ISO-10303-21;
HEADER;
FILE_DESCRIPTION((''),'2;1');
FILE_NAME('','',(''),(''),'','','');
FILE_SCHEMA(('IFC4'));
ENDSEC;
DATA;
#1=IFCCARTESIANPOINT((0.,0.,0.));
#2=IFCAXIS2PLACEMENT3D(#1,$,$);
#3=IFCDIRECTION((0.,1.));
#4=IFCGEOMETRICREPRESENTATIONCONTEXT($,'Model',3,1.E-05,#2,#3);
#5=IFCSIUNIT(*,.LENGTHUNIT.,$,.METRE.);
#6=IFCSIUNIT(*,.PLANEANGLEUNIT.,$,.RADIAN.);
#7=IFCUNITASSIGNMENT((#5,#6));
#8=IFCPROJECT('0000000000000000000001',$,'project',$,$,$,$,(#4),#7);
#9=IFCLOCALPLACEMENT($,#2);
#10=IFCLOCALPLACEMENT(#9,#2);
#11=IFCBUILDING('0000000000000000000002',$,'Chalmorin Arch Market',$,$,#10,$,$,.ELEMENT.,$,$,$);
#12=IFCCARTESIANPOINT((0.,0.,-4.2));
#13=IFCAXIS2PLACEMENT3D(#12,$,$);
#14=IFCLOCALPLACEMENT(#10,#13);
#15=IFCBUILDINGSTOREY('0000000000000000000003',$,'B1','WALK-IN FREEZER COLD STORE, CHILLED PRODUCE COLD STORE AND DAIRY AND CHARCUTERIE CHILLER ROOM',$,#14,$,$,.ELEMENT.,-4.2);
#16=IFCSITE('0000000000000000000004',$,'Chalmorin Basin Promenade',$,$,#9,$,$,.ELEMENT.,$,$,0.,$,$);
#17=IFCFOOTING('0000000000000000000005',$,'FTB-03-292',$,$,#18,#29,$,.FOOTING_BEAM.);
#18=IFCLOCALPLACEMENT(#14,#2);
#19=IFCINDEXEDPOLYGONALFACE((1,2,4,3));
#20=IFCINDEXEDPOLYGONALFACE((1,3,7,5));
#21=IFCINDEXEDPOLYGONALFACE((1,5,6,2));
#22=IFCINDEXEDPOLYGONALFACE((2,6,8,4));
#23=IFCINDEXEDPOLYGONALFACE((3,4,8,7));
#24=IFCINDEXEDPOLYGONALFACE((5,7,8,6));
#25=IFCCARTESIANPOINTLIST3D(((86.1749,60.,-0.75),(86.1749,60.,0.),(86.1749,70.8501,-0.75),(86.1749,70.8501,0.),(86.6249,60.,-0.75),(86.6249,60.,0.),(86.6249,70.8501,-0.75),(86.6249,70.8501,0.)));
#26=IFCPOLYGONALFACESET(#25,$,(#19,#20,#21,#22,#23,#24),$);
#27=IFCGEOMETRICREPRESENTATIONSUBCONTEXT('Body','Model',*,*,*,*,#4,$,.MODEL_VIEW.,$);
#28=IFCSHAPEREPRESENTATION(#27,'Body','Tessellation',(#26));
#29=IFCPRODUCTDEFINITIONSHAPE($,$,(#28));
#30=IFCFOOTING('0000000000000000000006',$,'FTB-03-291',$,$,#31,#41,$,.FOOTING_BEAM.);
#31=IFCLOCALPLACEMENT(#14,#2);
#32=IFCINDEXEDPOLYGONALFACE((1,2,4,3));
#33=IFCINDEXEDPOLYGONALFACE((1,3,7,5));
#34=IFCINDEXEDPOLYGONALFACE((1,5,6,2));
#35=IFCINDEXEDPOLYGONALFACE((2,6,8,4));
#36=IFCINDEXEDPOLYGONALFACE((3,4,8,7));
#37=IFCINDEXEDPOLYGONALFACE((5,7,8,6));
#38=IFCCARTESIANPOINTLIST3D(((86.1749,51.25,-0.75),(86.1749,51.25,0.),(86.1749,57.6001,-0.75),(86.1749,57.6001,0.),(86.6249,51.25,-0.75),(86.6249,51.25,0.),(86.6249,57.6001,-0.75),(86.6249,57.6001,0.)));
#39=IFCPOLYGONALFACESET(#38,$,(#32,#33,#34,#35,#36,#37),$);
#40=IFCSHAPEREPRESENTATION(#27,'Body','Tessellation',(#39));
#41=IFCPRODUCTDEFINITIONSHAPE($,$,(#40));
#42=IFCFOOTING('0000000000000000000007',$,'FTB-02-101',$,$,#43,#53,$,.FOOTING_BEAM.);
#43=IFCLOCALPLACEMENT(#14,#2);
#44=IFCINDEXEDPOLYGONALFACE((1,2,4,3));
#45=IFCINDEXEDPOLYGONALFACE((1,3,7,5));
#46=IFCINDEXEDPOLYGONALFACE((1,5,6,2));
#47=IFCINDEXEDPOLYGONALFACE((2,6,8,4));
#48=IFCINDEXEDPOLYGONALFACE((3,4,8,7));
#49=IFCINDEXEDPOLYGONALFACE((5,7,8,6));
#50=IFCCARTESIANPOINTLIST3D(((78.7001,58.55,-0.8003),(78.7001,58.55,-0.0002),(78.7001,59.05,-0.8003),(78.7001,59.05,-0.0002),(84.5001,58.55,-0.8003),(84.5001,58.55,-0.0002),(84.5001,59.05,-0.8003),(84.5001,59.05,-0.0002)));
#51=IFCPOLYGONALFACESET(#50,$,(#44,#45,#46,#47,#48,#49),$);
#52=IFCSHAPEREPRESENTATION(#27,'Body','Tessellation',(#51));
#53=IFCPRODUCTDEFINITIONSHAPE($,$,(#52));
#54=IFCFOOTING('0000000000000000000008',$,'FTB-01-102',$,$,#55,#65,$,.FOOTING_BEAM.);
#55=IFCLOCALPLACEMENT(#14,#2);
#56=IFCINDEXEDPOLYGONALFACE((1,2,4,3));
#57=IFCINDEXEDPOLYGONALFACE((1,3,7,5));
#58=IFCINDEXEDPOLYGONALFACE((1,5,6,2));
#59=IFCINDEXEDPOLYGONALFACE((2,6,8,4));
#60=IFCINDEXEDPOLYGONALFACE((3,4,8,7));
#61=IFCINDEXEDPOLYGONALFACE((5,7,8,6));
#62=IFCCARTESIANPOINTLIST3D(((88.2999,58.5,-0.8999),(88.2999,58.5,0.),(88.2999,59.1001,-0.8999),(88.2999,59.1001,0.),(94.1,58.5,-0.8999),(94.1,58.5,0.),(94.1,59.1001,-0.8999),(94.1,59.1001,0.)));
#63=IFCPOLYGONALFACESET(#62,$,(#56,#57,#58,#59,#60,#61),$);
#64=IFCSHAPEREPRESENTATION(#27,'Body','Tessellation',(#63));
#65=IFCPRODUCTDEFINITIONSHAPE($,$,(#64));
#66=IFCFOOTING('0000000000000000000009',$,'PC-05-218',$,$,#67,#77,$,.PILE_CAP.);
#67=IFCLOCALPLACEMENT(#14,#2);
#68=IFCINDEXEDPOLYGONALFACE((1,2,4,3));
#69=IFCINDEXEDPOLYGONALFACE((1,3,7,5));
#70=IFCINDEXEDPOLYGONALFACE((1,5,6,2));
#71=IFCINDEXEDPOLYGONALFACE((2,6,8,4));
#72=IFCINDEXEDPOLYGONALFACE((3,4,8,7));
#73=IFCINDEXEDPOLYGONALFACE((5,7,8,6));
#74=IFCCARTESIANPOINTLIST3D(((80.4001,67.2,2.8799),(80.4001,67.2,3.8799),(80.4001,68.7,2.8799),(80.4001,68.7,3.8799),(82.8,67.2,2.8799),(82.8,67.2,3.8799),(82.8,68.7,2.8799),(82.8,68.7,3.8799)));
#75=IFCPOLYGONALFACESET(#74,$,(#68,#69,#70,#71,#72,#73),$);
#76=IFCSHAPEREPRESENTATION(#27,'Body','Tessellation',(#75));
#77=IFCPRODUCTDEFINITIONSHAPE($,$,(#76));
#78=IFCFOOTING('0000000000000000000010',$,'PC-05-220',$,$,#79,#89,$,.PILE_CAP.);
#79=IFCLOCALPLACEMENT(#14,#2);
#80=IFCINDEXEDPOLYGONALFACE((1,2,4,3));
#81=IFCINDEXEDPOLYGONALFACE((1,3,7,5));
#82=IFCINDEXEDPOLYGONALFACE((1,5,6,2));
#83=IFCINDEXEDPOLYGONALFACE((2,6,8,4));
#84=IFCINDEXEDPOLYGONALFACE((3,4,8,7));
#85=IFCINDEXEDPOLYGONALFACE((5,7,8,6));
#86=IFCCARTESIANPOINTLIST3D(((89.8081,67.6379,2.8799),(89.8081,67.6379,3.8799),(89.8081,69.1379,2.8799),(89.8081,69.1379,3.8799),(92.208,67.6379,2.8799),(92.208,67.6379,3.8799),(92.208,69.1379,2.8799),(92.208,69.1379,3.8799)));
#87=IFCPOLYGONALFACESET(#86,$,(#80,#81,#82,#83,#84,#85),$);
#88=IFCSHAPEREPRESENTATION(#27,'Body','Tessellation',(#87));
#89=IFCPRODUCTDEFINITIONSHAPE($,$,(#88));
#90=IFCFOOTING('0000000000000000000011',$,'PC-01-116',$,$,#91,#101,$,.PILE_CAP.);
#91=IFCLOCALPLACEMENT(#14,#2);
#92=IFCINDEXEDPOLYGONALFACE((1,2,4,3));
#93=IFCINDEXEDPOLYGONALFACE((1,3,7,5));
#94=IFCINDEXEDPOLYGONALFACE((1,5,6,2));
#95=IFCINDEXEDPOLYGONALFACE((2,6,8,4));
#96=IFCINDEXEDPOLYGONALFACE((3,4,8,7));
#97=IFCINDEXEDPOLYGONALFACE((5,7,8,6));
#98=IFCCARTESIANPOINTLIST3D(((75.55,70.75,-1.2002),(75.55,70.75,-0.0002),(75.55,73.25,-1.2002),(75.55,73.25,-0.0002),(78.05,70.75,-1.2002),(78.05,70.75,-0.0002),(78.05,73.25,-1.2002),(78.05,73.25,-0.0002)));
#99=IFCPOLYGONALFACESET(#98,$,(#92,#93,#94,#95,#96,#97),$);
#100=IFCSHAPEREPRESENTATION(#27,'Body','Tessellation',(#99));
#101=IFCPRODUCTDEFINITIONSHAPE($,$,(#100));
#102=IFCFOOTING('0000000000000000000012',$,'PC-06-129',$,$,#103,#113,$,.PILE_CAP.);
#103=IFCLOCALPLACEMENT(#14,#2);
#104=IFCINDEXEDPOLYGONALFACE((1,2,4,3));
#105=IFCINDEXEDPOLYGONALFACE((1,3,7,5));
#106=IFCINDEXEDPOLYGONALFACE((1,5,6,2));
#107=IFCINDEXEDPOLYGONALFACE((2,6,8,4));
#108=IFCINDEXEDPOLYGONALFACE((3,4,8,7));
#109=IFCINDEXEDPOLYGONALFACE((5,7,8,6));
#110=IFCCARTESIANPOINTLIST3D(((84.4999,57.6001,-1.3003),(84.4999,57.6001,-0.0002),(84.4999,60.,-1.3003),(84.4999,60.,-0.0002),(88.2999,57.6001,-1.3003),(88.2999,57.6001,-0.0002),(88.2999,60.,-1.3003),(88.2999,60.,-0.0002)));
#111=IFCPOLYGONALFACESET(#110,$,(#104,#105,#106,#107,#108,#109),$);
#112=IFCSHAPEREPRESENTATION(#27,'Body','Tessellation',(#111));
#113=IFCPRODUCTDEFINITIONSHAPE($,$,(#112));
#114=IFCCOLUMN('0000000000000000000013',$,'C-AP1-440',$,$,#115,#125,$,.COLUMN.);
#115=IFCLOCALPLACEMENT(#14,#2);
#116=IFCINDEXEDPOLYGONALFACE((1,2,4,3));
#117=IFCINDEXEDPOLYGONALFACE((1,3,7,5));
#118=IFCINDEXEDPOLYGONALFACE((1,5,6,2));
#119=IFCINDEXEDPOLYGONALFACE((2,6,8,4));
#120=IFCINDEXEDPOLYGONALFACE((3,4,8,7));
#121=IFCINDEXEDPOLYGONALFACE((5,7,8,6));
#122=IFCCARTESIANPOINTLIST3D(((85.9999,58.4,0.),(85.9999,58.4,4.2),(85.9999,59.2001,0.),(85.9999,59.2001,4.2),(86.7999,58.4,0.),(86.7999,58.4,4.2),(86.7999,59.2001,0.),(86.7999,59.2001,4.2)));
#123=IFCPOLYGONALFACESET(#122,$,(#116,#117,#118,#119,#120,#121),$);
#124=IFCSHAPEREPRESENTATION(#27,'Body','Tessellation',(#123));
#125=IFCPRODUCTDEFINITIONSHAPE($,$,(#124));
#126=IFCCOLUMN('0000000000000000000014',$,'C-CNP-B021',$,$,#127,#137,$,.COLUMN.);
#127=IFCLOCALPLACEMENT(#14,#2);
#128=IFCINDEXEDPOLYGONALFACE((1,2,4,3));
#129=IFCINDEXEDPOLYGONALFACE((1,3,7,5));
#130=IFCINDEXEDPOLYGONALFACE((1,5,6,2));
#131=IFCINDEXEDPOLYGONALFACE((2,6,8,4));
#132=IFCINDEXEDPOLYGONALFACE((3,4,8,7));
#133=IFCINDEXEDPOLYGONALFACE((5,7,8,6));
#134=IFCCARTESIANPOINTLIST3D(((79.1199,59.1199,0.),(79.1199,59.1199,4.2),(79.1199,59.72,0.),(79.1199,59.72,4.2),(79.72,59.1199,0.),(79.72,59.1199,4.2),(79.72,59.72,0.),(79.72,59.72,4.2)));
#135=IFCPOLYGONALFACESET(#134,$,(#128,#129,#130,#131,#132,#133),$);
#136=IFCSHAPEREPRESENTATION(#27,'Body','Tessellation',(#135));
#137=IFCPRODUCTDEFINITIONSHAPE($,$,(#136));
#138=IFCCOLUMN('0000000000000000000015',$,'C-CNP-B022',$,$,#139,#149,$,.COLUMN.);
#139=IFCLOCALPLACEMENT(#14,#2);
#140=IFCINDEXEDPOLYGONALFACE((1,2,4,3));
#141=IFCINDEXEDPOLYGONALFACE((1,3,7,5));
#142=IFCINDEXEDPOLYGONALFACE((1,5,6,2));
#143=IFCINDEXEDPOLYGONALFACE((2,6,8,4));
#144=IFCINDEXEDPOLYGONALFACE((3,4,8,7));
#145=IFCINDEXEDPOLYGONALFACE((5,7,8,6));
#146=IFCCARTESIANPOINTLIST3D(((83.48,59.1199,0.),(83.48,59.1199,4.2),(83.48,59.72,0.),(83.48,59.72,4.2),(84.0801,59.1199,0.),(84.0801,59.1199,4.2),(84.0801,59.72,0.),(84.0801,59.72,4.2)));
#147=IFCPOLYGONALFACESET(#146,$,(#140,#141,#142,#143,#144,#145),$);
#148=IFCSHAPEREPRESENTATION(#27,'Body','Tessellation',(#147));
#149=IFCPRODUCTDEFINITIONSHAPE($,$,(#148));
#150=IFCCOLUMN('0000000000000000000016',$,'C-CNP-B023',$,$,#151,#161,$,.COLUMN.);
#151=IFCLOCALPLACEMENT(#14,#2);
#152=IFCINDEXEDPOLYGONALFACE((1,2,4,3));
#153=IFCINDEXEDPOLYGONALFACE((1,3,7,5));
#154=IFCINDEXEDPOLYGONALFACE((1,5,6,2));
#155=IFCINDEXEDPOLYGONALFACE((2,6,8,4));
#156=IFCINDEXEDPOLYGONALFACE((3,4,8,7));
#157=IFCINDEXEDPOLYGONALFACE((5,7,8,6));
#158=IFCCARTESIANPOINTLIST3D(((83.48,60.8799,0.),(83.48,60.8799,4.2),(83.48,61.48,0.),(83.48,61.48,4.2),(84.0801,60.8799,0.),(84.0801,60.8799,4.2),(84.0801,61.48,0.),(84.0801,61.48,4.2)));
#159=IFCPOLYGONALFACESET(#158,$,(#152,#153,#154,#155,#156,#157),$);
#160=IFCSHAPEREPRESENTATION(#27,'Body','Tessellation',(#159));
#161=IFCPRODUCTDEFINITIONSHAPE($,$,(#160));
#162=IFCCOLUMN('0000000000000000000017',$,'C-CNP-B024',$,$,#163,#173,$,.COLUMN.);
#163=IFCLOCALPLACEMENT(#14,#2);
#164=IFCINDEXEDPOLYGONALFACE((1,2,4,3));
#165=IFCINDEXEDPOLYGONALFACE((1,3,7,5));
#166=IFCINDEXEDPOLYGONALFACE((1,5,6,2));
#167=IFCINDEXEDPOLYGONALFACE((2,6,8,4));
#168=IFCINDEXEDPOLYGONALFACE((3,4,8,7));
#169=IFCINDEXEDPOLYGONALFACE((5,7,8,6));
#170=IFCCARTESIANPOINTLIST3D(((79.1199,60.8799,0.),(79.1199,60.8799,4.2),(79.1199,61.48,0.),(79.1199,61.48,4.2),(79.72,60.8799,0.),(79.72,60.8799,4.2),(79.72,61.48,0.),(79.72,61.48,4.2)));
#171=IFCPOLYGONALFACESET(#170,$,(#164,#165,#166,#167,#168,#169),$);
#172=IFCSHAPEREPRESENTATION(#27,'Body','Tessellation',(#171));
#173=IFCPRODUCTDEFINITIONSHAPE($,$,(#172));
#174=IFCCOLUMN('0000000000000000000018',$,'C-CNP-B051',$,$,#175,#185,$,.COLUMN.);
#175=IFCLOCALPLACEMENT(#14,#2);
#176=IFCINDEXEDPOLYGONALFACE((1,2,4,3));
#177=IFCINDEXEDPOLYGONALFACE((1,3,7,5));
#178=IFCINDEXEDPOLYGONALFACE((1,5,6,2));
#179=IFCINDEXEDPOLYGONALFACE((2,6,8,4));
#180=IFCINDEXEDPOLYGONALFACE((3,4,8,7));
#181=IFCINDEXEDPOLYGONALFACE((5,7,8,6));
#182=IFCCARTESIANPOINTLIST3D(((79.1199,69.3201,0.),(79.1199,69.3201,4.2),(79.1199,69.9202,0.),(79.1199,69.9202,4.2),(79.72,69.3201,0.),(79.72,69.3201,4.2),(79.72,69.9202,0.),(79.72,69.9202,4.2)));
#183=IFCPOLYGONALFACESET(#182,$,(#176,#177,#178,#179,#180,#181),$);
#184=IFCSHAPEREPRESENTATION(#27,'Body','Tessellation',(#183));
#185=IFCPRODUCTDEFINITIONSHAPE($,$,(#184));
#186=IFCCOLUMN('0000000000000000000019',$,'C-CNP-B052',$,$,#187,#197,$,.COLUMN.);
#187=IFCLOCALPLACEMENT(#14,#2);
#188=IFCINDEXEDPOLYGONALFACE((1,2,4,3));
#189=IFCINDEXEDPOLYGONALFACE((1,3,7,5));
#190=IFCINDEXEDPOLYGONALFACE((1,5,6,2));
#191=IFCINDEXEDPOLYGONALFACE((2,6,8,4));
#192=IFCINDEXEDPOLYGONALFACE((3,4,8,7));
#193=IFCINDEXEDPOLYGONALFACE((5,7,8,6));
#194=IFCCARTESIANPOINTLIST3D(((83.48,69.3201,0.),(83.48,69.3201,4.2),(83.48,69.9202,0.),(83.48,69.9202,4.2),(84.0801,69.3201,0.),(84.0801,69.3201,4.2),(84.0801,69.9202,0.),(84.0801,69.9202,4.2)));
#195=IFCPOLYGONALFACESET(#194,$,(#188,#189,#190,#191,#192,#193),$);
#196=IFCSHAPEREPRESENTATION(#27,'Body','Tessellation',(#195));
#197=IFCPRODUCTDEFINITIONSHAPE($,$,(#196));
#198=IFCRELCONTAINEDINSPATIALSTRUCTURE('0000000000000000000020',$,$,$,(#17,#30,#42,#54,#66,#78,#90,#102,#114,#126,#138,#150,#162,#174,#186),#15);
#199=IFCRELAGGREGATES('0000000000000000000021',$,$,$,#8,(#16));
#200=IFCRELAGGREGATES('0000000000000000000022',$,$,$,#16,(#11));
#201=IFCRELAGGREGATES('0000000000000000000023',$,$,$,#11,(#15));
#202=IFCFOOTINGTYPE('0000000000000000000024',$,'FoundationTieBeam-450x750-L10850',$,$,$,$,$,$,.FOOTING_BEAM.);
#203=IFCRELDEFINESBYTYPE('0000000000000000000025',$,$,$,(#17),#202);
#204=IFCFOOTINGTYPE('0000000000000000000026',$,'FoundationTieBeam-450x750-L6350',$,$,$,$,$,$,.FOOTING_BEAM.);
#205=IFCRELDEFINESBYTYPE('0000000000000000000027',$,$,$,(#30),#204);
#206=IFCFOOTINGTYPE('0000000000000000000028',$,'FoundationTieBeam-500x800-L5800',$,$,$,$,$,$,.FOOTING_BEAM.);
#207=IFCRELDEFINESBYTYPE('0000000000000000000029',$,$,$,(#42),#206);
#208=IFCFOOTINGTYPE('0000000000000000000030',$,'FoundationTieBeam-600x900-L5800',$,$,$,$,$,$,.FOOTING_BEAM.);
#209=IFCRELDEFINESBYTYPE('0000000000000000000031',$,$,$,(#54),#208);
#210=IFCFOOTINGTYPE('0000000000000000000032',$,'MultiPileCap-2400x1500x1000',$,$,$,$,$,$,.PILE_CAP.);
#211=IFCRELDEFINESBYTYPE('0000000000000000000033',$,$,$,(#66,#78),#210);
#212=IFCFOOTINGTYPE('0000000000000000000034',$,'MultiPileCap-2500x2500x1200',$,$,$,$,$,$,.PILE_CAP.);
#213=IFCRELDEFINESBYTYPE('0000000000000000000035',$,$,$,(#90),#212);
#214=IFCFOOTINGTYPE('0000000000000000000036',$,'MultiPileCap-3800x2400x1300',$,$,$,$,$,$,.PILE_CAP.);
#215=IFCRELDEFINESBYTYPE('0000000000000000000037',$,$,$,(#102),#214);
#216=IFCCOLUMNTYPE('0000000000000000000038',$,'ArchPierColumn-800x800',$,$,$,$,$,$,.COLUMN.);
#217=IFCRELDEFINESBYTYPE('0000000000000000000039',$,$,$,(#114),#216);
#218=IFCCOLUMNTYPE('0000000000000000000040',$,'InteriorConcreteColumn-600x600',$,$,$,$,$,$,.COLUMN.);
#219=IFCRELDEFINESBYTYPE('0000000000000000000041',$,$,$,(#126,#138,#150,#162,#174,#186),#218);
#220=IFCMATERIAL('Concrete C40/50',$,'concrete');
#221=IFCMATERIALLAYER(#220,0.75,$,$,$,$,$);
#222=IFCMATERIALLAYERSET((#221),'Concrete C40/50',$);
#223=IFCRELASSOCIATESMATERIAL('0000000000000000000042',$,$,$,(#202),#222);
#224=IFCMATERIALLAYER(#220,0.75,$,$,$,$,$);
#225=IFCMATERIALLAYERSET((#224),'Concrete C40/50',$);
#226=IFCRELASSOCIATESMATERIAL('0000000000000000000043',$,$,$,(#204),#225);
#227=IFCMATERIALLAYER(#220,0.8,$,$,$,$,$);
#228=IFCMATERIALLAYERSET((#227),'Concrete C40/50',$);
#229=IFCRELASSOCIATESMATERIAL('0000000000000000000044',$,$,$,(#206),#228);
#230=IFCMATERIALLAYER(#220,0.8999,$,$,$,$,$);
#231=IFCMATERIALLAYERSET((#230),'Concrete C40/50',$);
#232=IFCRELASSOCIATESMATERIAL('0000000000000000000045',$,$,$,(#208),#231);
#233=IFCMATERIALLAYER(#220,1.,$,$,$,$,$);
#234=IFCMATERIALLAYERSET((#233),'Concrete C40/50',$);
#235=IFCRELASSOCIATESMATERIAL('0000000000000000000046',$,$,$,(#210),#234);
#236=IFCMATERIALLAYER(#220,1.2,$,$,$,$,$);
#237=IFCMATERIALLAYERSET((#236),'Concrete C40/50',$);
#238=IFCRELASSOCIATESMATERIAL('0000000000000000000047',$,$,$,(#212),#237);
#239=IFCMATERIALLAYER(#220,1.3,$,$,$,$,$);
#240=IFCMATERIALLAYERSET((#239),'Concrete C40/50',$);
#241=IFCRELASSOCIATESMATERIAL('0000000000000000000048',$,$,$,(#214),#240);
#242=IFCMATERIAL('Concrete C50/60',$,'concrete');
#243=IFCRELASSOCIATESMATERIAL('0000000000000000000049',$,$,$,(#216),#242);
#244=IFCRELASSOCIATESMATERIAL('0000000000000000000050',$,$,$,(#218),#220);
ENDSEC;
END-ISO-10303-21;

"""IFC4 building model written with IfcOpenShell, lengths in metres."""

from ifc_helpers import new_model, si_unit, direction, frame, origin, origin_2d, place, context, subcontext, project, spatial, rectangle, extrude, material, layer, layer_set, material_profile, profile_set, type_object, element, save


model = new_model("IFC4")

# Units and contexts
model_context = context("Model", 3, precision=1e-05, world=origin(), true_north=direction((0.0, 1.0)))
body_context = subcontext(model_context, "Body", "Model", "MODEL_VIEW")
ifc_project = project(units=[si_unit("LENGTHUNIT", "METRE"), si_unit("PLANEANGLEUNIT", "RADIAN")], contexts=[model_context])

# Site, building, storey
site_placement = place(None, origin())
site = spatial("IfcSite", under=ifc_project, at=site_placement, Name="Chalmorin Basin Promenade", CompositionType="ELEMENT", RefElevation=0.0)
building_placement = place(site_placement, origin())
building = spatial("IfcBuilding", under=site, at=building_placement, Name="Chalmorin Arch Market", CompositionType="ELEMENT")
storey_placement = place(building_placement, frame((0.0, 0.0, -4.2)))
storey = spatial("IfcBuildingStorey", under=building, at=storey_placement, Name="B1", Description="WALK-IN FREEZER COLD STORE, CHILLED PRODUCE COLD STORE AND DAIRY AND CHARCUTERIE CHILLER ROOM", CompositionType="ELEMENT", Elevation=-4.2)

# Footings
ifc_material_1 = material(Name="Concrete C40/50", Category="concrete")
ifc_layer_1 = layer(ifc_material_1, 0.75)
ifc_layer_set_1 = layer_set([ifc_layer_1], Name="Concrete C40/50")
footing_type_1 = type_object("IfcFootingType", Name="FoundationTieBeam-450x750-L10850", PredefinedType="FOOTING_BEAM", material=ifc_layer_set_1)
footing_1_placement = place(storey_placement, frame((86.3999, 65.425, -0.75), z_axis=(0.0, 0.0, 1.0), x_axis=(0.0, 1.0, 0.0)))
element("IfcFooting", 1, at=footing_1_placement, inside=storey, type_object=footing_type_1, Name="FTB-03-292", PredefinedType="FOOTING_BEAM", context=body_context, shape_type="SweptSolid", body=[
    extrude(rectangle(XDim=10.8501, YDim=0.45, at=origin_2d()), origin(), (0.0, 0.0, 1.0), 0.75),
])
ifc_layer_2 = layer(ifc_material_1, 0.75)
ifc_layer_set_2 = layer_set([ifc_layer_2], Name="Concrete C40/50")
footing_type_2 = type_object("IfcFootingType", Name="FoundationTieBeam-450x750-L6350", PredefinedType="FOOTING_BEAM", material=ifc_layer_set_2)
footing_2_placement = place(storey_placement, frame((86.3999, 54.425, -0.75), z_axis=(0.0, 0.0, 1.0), x_axis=(0.0, 1.0, 0.0)))
element("IfcFooting", 2, at=footing_2_placement, inside=storey, type_object=footing_type_2, Name="FTB-03-291", PredefinedType="FOOTING_BEAM", context=body_context, shape_type="SweptSolid", body=[
    extrude(rectangle(XDim=6.3501, YDim=0.45, at=origin_2d()), origin(), (0.0, 0.0, 1.0), 0.75),
])
ifc_layer_3 = layer(ifc_material_1, 0.8)
ifc_layer_set_3 = layer_set([ifc_layer_3], Name="Concrete C40/50")
footing_type_3 = type_object("IfcFootingType", Name="FoundationTieBeam-500x800-L5800", PredefinedType="FOOTING_BEAM", material=ifc_layer_set_3)
footing_3_placement = place(storey_placement, frame((81.6001, 58.8, -0.8003), z_axis=(0.0, 0.0, 1.0), x_axis=(1.0, 0.0, 0.0)))
element("IfcFooting", 3, at=footing_3_placement, inside=storey, type_object=footing_type_3, Name="FTB-02-101", PredefinedType="FOOTING_BEAM", context=body_context, shape_type="SweptSolid", body=[
    extrude(rectangle(XDim=5.8, YDim=0.5, at=origin_2d()), origin(), (0.0, 0.0, 1.0), 0.8),
])
ifc_layer_4 = layer(ifc_material_1, 0.8999)
ifc_layer_set_4 = layer_set([ifc_layer_4], Name="Concrete C40/50")
footing_type_4 = type_object("IfcFootingType", Name="FoundationTieBeam-600x900-L5800", PredefinedType="FOOTING_BEAM", material=ifc_layer_set_4)
footing_4_placement = place(storey_placement, frame((91.2, 58.8, -0.8999), z_axis=(0.0, 0.0, 1.0), x_axis=(1.0, 0.0, 0.0)))
element("IfcFooting", 4, at=footing_4_placement, inside=storey, type_object=footing_type_4, Name="FTB-01-102", PredefinedType="FOOTING_BEAM", context=body_context, shape_type="SweptSolid", body=[
    extrude(rectangle(XDim=5.8, YDim=0.6001, at=origin_2d()), origin(), (0.0, 0.0, 1.0), 0.8999),
])
ifc_layer_5 = layer(ifc_material_1, 1.0)
ifc_layer_set_5 = layer_set([ifc_layer_5], Name="Concrete C40/50")
footing_type_5 = type_object("IfcFootingType", Name="MultiPileCap-2400x1500x1000", PredefinedType="PILE_CAP", material=ifc_layer_set_5)
for number, where, z_axis, x_axis, name in (
    (5, (81.6001, 67.95, 2.8799), (0.0, 0.0, 1.0), (1.0, 0.0, 0.0), "PC-05-218"),
    (6, (91.0081, 68.3879, 2.8799), (0.0, 0.0, 1.0), (1.0, 0.0, 0.0), "PC-05-220"),
):
    element("IfcFooting", number, at=place(storey_placement, frame(where, z_axis=z_axis, x_axis=x_axis)), inside=storey, type_object=footing_type_5, Name=name, PredefinedType="PILE_CAP", context=body_context, shape_type="SweptSolid", body=[
        extrude(rectangle(XDim=2.3999, YDim=1.5, at=origin_2d()), origin(), (0.0, 0.0, 1.0), 1.0),
    ])
ifc_layer_6 = layer(ifc_material_1, 1.2)
ifc_layer_set_6 = layer_set([ifc_layer_6], Name="Concrete C40/50")
footing_type_6 = type_object("IfcFootingType", Name="MultiPileCap-2500x2500x1200", PredefinedType="PILE_CAP", material=ifc_layer_set_6)
footing_5_placement = place(storey_placement, frame((76.8, 72.0, -1.2002), z_axis=(0.0, 0.0, 1.0), x_axis=(1.0, 0.0, 0.0)))
element("IfcFooting", 7, at=footing_5_placement, inside=storey, type_object=footing_type_6, Name="PC-01-116", PredefinedType="PILE_CAP", context=body_context, shape_type="SweptSolid", body=[
    extrude(rectangle(XDim=2.5, YDim=2.5, at=origin_2d()), origin(), (0.0, 0.0, 1.0), 1.2),
])
ifc_layer_7 = layer(ifc_material_1, 1.3)
ifc_layer_set_7 = layer_set([ifc_layer_7], Name="Concrete C40/50")
footing_type_7 = type_object("IfcFootingType", Name="MultiPileCap-3800x2400x1300", PredefinedType="PILE_CAP", material=ifc_layer_set_7)
footing_6_placement = place(storey_placement, frame((86.3999, 58.8, -1.3003), z_axis=(0.0, 0.0, 1.0), x_axis=(1.0, 0.0, 0.0)))
element("IfcFooting", 8, at=footing_6_placement, inside=storey, type_object=footing_type_7, Name="PC-06-129", PredefinedType="PILE_CAP", context=body_context, shape_type="SweptSolid", body=[
    extrude(rectangle(XDim=3.8, YDim=2.3999, at=origin_2d()), origin(), (0.0, 0.0, 1.0), 1.3),
])

# Columns
ifc_material_2 = material(Name="Concrete C50/60", Category="concrete")
ifc_material_profile_1 = material_profile(ifc_material_2, rectangle(XDim=0.8, YDim=0.8, at=origin_2d()), Name="RC800X800")
ifc_profile_set_1 = profile_set([ifc_material_profile_1], Name="Concrete C50/60")
column_type_1 = type_object("IfcColumnType", Name="ArchPierColumn-800x800", PredefinedType="COLUMN", material=ifc_profile_set_1)
column_placement = place(storey_placement, frame((86.3999, 58.8, 0.0), z_axis=(0.0, 0.0, 1.0), x_axis=(1.0, 0.0, 0.0)))
element("IfcColumn", 9, at=column_placement, inside=storey, type_object=column_type_1, Name="C-AP1-440", PredefinedType="COLUMN", context=body_context, shape_type="SweptSolid", body=[
    extrude(rectangle(XDim=0.8, YDim=0.8, at=origin_2d()), origin(), (0.0, 0.0, 1.0), 4.2),
])
ifc_material_profile_2 = material_profile(ifc_material_1, rectangle(XDim=0.6001, YDim=0.6001, at=origin_2d()), Name="RC600X600")
ifc_profile_set_2 = profile_set([ifc_material_profile_2], Name="Concrete C40/50")
column_type_2 = type_object("IfcColumnType", Name="InteriorConcreteColumn-600x600", PredefinedType="COLUMN", material=ifc_profile_set_2)
for number, where, z_axis, x_axis, name in (
    (10, (79.4199, 59.4199, 0.0), (0.0, 0.0, 1.0), (1.0, 0.0, 0.0), "C-CNP-B021"),
    (11, (83.78, 59.4199, 0.0), (0.0, 0.0, 1.0), (1.0, 0.0, 0.0), "C-CNP-B022"),
    (12, (83.78, 61.1799, 0.0), (0.0, 0.0, 1.0), (1.0, 0.0, 0.0), "C-CNP-B023"),
    (13, (79.4199, 61.1799, 0.0), (0.0, 0.0, 1.0), (1.0, 0.0, 0.0), "C-CNP-B024"),
    (14, (79.4199, 69.6201, 0.0), (0.0, 0.0, 1.0), (1.0, 0.0, 0.0), "C-CNP-B051"),
    (15, (83.78, 69.6201, 0.0), (0.0, 0.0, 1.0), (1.0, 0.0, 0.0), "C-CNP-B052"),
):
    element("IfcColumn", number, at=place(storey_placement, frame(where, z_axis=z_axis, x_axis=x_axis)), inside=storey, type_object=column_type_2, Name=name, PredefinedType="COLUMN", context=body_context, shape_type="SweptSolid", body=[
        extrude(rectangle(XDim=0.6001, YDim=0.6001, at=origin_2d()), origin(), (0.0, 0.0, 1.0), 4.2),
    ])

save(model, "model.ifc")
